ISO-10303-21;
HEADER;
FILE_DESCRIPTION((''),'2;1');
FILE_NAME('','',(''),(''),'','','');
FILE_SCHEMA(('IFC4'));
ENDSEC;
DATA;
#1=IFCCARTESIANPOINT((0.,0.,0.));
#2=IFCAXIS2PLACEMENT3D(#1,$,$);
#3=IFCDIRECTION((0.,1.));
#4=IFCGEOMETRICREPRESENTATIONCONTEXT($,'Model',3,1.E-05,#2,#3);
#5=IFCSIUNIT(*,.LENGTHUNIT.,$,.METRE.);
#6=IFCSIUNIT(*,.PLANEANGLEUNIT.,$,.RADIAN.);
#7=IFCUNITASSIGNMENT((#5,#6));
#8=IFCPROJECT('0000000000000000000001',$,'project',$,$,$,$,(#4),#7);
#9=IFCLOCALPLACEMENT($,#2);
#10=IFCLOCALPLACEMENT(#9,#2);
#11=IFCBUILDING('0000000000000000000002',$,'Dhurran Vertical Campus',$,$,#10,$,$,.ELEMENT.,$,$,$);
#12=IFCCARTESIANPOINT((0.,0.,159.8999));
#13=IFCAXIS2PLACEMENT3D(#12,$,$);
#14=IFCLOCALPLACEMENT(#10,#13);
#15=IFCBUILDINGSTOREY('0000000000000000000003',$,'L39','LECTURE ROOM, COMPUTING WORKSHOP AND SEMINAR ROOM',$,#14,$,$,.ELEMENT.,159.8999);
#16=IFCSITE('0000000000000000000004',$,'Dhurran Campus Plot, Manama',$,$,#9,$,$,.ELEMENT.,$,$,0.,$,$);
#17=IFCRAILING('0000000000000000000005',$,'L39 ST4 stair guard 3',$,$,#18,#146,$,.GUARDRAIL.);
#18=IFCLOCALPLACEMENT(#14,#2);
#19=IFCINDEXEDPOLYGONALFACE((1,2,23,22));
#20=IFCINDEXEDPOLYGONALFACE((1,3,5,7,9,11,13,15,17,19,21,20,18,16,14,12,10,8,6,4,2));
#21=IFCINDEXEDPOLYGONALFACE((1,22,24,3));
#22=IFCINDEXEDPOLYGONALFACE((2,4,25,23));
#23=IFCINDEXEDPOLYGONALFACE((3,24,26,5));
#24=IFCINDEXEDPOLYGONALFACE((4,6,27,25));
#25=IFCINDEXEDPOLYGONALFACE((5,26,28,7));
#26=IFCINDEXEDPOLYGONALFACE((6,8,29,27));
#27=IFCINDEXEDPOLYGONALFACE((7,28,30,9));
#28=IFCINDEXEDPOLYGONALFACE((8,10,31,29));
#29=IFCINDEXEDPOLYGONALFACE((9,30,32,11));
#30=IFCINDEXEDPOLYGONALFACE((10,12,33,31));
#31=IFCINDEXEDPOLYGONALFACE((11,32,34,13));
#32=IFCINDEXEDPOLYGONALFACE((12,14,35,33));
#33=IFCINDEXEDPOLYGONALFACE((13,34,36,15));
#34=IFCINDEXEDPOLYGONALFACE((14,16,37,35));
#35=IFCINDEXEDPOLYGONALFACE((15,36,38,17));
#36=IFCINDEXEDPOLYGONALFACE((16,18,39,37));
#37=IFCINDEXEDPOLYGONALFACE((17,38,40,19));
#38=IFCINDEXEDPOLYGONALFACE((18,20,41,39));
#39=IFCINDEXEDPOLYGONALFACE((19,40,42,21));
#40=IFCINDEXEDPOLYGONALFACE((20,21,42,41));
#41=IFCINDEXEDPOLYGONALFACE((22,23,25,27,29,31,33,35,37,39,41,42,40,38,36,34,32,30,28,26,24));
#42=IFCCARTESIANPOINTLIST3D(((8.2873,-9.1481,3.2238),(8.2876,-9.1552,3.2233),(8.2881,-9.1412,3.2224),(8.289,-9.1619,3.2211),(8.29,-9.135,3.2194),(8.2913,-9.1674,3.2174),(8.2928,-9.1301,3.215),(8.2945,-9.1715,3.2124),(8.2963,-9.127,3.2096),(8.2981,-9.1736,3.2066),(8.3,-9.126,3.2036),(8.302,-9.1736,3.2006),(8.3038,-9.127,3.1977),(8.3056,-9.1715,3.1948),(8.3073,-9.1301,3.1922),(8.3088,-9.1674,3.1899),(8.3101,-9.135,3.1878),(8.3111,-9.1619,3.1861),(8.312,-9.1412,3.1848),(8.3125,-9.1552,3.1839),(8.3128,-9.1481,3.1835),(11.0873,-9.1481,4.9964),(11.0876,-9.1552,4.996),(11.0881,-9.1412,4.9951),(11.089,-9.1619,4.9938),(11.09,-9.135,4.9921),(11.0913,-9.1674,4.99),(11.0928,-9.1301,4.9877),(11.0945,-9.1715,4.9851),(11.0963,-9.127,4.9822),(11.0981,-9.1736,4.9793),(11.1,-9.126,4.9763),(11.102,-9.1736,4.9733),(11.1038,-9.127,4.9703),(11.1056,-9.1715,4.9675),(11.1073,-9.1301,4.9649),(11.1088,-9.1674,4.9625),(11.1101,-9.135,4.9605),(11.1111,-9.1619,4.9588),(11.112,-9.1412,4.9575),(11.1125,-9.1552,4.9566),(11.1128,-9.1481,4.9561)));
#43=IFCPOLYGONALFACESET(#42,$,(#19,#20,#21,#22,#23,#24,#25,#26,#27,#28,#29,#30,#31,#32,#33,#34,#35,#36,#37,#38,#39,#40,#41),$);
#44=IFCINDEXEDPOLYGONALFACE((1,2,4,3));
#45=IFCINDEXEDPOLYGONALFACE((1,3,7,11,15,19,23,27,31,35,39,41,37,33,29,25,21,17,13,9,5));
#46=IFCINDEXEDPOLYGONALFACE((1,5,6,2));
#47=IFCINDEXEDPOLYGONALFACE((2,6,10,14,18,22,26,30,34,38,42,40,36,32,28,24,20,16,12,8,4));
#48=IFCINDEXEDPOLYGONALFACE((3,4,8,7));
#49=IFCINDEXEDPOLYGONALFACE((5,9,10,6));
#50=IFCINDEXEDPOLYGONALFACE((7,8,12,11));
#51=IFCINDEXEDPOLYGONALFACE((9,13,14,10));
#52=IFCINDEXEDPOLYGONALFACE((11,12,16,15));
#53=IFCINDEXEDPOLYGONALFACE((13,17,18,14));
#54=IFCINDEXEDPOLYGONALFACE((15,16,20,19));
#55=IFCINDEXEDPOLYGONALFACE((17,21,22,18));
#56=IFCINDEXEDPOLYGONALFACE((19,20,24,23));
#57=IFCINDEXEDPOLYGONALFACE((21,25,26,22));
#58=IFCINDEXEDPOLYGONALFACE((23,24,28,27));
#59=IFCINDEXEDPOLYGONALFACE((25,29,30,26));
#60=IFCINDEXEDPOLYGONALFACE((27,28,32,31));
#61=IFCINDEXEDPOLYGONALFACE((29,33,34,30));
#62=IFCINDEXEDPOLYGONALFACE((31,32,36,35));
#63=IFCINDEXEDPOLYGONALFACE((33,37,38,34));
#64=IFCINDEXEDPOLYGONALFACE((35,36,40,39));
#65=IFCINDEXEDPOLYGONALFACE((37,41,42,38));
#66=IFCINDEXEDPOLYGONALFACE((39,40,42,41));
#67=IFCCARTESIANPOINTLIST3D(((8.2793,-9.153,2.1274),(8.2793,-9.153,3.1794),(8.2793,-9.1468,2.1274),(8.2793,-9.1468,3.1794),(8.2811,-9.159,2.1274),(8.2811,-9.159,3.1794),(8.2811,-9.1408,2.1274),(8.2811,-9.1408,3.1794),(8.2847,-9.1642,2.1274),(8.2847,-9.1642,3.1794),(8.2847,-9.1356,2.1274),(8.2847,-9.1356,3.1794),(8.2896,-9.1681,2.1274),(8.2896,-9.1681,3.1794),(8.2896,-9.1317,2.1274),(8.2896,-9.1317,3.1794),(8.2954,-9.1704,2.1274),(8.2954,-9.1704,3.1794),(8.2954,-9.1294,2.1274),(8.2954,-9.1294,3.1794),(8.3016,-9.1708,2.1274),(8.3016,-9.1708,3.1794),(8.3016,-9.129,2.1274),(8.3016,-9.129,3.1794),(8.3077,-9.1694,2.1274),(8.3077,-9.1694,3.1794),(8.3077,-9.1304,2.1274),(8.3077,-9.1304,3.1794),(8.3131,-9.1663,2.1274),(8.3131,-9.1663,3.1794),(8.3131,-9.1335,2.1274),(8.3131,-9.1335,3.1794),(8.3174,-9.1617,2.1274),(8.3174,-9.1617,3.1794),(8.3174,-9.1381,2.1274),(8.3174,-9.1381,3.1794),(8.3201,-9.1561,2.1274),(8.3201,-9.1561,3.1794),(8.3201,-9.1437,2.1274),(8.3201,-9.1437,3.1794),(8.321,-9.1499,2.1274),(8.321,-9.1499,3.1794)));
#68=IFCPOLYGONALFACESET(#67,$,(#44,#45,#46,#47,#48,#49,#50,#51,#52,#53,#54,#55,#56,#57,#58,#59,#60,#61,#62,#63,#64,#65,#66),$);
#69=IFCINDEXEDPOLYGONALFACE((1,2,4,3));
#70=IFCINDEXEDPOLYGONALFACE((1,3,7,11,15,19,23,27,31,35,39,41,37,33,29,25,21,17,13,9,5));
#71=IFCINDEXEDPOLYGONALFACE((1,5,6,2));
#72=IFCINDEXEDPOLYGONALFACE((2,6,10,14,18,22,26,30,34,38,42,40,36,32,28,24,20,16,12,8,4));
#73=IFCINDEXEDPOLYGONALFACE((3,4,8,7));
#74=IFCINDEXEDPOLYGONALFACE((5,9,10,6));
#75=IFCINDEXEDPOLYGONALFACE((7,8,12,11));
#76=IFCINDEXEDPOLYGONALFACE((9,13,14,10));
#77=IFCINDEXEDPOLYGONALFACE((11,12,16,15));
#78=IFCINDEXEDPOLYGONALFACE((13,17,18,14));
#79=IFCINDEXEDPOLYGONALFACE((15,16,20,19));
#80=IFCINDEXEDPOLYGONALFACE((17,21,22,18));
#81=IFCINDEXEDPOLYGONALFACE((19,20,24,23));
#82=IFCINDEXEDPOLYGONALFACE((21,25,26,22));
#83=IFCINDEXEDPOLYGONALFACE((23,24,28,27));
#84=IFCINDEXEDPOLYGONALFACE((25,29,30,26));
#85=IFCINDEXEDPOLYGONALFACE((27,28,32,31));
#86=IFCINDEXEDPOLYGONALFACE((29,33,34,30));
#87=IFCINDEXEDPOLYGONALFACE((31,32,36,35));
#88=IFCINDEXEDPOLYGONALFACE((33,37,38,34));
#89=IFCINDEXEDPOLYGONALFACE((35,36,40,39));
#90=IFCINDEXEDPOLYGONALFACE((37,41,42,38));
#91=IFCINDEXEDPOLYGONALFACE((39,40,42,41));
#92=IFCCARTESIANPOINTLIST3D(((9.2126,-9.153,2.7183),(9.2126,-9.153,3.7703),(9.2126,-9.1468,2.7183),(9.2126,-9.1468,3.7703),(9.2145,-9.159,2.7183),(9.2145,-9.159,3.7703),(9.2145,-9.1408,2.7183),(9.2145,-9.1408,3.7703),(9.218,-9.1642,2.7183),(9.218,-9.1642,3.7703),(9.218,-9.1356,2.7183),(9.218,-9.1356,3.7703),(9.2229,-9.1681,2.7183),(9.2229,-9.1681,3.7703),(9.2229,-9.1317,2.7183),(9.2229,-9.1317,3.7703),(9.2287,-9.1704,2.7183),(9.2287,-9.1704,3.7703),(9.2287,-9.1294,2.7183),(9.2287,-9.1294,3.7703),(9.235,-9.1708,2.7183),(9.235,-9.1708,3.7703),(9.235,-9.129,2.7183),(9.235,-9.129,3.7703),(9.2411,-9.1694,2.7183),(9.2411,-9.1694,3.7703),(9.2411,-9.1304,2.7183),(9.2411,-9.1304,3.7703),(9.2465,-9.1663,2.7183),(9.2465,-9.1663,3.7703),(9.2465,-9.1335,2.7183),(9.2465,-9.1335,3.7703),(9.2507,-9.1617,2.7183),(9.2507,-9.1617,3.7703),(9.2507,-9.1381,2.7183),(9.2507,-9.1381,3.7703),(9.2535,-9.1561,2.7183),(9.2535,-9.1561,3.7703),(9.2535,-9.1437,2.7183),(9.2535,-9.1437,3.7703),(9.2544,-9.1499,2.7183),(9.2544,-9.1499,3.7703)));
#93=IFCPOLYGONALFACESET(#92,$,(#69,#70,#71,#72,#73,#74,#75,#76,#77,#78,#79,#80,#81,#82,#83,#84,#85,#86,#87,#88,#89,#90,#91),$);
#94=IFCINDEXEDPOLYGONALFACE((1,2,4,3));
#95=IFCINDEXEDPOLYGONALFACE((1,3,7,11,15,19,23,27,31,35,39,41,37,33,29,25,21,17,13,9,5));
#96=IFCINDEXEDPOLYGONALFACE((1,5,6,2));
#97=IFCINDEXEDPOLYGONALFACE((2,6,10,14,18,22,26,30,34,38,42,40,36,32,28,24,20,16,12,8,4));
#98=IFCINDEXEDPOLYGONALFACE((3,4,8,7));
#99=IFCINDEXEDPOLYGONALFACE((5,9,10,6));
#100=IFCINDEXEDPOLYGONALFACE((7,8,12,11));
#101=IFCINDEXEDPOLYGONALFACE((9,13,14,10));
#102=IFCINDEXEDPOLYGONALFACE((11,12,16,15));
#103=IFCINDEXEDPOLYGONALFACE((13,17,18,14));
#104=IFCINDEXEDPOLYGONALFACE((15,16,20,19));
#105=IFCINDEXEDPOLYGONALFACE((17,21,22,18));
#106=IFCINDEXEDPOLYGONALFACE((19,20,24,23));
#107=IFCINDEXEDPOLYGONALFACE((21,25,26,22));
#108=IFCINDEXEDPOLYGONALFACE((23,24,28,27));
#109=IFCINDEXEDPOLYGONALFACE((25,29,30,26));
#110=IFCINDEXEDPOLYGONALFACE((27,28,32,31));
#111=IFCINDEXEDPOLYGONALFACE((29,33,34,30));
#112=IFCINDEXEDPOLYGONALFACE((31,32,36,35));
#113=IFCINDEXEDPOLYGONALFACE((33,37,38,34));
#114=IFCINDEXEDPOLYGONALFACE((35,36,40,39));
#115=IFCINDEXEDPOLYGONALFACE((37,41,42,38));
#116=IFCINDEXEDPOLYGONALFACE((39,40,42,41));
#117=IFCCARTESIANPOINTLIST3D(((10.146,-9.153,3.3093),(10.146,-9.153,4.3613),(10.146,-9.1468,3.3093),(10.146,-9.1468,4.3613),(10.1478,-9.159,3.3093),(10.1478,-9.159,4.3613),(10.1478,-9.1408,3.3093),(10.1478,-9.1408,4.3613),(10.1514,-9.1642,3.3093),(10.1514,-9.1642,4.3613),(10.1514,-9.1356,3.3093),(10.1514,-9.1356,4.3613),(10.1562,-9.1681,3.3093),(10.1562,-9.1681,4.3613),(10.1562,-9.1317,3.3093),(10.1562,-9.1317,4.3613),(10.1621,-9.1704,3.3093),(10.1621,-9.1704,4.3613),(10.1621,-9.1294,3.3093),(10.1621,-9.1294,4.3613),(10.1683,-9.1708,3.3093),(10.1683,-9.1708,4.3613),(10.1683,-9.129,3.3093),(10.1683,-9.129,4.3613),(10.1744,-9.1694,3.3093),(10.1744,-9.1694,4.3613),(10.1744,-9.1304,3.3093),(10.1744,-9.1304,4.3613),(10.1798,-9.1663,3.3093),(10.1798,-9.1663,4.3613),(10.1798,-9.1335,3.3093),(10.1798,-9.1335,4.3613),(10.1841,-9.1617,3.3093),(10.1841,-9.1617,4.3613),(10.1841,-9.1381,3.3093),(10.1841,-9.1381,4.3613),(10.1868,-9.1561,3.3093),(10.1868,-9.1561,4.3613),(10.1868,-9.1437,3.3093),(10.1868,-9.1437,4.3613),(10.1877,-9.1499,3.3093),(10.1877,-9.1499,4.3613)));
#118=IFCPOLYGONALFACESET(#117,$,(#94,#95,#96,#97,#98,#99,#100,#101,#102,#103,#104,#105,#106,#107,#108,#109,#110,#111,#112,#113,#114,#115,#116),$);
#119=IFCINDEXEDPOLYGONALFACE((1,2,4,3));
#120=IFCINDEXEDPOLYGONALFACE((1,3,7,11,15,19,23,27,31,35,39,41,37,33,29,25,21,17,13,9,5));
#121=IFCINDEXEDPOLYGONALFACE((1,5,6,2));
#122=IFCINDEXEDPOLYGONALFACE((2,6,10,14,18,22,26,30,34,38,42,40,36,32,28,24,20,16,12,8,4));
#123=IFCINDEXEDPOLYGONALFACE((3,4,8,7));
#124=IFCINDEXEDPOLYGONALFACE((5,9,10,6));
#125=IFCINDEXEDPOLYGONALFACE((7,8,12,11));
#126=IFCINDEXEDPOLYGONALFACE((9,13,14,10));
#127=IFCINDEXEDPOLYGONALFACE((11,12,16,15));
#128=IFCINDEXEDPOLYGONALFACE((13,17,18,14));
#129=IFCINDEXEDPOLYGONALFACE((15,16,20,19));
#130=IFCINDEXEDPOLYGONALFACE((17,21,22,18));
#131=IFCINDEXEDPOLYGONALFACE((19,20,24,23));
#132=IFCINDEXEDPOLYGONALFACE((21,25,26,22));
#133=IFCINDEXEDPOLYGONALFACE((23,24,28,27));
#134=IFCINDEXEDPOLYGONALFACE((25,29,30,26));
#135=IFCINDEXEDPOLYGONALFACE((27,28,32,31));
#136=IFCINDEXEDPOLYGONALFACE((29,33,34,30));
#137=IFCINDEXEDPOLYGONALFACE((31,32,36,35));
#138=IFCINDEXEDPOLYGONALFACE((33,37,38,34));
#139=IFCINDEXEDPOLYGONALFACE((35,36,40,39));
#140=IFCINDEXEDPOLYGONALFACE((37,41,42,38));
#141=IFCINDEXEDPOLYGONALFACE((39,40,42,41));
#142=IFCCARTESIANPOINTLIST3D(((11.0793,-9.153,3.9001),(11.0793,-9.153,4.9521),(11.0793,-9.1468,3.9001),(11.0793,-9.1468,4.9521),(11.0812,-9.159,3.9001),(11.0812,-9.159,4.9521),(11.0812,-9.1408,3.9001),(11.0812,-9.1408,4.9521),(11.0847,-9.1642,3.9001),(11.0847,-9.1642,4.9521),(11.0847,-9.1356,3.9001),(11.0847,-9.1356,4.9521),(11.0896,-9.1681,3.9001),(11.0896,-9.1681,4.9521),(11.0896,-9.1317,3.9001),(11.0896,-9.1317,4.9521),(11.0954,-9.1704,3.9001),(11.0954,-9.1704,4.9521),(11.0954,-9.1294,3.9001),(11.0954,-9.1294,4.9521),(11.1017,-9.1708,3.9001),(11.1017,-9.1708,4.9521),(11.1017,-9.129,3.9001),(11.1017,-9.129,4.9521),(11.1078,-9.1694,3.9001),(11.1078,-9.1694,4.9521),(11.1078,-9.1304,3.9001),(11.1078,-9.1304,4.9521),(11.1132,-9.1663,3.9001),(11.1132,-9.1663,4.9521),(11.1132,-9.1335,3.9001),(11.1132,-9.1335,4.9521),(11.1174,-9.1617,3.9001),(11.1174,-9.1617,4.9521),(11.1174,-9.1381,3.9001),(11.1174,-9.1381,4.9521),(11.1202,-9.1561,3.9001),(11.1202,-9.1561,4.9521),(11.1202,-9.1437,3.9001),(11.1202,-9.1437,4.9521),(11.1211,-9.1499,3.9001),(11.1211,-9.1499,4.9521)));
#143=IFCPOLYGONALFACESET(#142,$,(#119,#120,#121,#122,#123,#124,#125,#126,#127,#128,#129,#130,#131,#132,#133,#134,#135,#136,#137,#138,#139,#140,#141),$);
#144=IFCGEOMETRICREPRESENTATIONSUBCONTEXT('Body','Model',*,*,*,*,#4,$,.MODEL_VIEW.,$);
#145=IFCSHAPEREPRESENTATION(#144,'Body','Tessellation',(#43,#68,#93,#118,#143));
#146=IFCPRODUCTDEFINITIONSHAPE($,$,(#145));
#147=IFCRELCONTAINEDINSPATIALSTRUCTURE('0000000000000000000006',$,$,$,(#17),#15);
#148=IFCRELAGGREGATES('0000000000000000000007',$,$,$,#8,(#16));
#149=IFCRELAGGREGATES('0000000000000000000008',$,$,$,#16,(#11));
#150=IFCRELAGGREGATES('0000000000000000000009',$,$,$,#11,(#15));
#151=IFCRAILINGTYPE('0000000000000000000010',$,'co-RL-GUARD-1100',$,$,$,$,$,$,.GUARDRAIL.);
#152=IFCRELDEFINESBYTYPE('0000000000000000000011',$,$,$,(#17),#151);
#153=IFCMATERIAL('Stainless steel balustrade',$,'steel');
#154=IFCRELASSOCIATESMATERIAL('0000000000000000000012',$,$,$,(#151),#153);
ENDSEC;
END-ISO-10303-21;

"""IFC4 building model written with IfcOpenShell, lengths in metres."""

from ifc_helpers import new_model, si_unit, direction, frame, origin, origin_2d, place, context, subcontext, project, spatial, circle, extrude, material, type_object, element, save


model = new_model("IFC4")

# Units and contexts
model_context = context("Model", 3, precision=1e-05, world=origin(), true_north=direction((0.0, 1.0)))
body_context = subcontext(model_context, "Body", "Model", "MODEL_VIEW")
ifc_project = project(units=[si_unit("LENGTHUNIT", "METRE"), si_unit("PLANEANGLEUNIT", "RADIAN")], contexts=[model_context])

# Site, building, storey
site_placement = place(None, origin())
site = spatial("IfcSite", under=ifc_project, at=site_placement, Name="Dhurran Campus Plot, Manama", CompositionType="ELEMENT", RefElevation=0.0)
building_placement = place(site_placement, origin())
building = spatial("IfcBuilding", under=site, at=building_placement, Name="Dhurran Vertical Campus", CompositionType="ELEMENT")
storey_placement = place(building_placement, frame((0.0, 0.0, 159.8999)))
storey = spatial("IfcBuildingStorey", under=building, at=storey_placement, Name="L39", Description="LECTURE ROOM, COMPUTING WORKSHOP AND SEMINAR ROOM", CompositionType="ELEMENT", Elevation=159.8999)

# Railing
ifc_material_1 = material(Name="Stainless steel balustrade", Category="steel")
railing_type_1 = type_object("IfcRailingType", Name="co-RL-GUARD-1100", PredefinedType="GUARDRAIL", material=ifc_material_1)
railing_1_placement = place(storey_placement, frame((8.3, -9.1499, 2.1274)))
element("IfcRailing", 1, at=railing_1_placement, inside=storey, type_object=railing_type_1, Name="L39 ST4 stair guard 3", PredefinedType="GUARDRAIL", context=body_context, shape_type="SweptSolid", body=[
    extrude(circle(Radius=0.0239, at=origin_2d()), frame((0.0, 0.0, 1.0762), z_axis=(0.844909, 0.0, 0.53491), x_axis=(0.0, 1.0, 0.0)), (0.0, 0.0, 1.0), 3.314),
    extrude(circle(Radius=0.021, at=origin_2d()), origin(), (0.0, 0.0, 1.0), 1.052),
    extrude(circle(Radius=0.021, at=origin_2d()), frame((0.9333, 0.0, 0.5908)), (0.0, 0.0, 1.0), 1.052),
    extrude(circle(Radius=0.021, at=origin_2d()), frame((1.8667, 0.0, 1.1819)), (0.0, 0.0, 1.0), 1.052),
    extrude(circle(Radius=0.021, at=origin_2d()), frame((2.8, 0.0, 1.7727)), (0.0, 0.0, 1.0), 1.052),
])

save(model, "model.ifc")
